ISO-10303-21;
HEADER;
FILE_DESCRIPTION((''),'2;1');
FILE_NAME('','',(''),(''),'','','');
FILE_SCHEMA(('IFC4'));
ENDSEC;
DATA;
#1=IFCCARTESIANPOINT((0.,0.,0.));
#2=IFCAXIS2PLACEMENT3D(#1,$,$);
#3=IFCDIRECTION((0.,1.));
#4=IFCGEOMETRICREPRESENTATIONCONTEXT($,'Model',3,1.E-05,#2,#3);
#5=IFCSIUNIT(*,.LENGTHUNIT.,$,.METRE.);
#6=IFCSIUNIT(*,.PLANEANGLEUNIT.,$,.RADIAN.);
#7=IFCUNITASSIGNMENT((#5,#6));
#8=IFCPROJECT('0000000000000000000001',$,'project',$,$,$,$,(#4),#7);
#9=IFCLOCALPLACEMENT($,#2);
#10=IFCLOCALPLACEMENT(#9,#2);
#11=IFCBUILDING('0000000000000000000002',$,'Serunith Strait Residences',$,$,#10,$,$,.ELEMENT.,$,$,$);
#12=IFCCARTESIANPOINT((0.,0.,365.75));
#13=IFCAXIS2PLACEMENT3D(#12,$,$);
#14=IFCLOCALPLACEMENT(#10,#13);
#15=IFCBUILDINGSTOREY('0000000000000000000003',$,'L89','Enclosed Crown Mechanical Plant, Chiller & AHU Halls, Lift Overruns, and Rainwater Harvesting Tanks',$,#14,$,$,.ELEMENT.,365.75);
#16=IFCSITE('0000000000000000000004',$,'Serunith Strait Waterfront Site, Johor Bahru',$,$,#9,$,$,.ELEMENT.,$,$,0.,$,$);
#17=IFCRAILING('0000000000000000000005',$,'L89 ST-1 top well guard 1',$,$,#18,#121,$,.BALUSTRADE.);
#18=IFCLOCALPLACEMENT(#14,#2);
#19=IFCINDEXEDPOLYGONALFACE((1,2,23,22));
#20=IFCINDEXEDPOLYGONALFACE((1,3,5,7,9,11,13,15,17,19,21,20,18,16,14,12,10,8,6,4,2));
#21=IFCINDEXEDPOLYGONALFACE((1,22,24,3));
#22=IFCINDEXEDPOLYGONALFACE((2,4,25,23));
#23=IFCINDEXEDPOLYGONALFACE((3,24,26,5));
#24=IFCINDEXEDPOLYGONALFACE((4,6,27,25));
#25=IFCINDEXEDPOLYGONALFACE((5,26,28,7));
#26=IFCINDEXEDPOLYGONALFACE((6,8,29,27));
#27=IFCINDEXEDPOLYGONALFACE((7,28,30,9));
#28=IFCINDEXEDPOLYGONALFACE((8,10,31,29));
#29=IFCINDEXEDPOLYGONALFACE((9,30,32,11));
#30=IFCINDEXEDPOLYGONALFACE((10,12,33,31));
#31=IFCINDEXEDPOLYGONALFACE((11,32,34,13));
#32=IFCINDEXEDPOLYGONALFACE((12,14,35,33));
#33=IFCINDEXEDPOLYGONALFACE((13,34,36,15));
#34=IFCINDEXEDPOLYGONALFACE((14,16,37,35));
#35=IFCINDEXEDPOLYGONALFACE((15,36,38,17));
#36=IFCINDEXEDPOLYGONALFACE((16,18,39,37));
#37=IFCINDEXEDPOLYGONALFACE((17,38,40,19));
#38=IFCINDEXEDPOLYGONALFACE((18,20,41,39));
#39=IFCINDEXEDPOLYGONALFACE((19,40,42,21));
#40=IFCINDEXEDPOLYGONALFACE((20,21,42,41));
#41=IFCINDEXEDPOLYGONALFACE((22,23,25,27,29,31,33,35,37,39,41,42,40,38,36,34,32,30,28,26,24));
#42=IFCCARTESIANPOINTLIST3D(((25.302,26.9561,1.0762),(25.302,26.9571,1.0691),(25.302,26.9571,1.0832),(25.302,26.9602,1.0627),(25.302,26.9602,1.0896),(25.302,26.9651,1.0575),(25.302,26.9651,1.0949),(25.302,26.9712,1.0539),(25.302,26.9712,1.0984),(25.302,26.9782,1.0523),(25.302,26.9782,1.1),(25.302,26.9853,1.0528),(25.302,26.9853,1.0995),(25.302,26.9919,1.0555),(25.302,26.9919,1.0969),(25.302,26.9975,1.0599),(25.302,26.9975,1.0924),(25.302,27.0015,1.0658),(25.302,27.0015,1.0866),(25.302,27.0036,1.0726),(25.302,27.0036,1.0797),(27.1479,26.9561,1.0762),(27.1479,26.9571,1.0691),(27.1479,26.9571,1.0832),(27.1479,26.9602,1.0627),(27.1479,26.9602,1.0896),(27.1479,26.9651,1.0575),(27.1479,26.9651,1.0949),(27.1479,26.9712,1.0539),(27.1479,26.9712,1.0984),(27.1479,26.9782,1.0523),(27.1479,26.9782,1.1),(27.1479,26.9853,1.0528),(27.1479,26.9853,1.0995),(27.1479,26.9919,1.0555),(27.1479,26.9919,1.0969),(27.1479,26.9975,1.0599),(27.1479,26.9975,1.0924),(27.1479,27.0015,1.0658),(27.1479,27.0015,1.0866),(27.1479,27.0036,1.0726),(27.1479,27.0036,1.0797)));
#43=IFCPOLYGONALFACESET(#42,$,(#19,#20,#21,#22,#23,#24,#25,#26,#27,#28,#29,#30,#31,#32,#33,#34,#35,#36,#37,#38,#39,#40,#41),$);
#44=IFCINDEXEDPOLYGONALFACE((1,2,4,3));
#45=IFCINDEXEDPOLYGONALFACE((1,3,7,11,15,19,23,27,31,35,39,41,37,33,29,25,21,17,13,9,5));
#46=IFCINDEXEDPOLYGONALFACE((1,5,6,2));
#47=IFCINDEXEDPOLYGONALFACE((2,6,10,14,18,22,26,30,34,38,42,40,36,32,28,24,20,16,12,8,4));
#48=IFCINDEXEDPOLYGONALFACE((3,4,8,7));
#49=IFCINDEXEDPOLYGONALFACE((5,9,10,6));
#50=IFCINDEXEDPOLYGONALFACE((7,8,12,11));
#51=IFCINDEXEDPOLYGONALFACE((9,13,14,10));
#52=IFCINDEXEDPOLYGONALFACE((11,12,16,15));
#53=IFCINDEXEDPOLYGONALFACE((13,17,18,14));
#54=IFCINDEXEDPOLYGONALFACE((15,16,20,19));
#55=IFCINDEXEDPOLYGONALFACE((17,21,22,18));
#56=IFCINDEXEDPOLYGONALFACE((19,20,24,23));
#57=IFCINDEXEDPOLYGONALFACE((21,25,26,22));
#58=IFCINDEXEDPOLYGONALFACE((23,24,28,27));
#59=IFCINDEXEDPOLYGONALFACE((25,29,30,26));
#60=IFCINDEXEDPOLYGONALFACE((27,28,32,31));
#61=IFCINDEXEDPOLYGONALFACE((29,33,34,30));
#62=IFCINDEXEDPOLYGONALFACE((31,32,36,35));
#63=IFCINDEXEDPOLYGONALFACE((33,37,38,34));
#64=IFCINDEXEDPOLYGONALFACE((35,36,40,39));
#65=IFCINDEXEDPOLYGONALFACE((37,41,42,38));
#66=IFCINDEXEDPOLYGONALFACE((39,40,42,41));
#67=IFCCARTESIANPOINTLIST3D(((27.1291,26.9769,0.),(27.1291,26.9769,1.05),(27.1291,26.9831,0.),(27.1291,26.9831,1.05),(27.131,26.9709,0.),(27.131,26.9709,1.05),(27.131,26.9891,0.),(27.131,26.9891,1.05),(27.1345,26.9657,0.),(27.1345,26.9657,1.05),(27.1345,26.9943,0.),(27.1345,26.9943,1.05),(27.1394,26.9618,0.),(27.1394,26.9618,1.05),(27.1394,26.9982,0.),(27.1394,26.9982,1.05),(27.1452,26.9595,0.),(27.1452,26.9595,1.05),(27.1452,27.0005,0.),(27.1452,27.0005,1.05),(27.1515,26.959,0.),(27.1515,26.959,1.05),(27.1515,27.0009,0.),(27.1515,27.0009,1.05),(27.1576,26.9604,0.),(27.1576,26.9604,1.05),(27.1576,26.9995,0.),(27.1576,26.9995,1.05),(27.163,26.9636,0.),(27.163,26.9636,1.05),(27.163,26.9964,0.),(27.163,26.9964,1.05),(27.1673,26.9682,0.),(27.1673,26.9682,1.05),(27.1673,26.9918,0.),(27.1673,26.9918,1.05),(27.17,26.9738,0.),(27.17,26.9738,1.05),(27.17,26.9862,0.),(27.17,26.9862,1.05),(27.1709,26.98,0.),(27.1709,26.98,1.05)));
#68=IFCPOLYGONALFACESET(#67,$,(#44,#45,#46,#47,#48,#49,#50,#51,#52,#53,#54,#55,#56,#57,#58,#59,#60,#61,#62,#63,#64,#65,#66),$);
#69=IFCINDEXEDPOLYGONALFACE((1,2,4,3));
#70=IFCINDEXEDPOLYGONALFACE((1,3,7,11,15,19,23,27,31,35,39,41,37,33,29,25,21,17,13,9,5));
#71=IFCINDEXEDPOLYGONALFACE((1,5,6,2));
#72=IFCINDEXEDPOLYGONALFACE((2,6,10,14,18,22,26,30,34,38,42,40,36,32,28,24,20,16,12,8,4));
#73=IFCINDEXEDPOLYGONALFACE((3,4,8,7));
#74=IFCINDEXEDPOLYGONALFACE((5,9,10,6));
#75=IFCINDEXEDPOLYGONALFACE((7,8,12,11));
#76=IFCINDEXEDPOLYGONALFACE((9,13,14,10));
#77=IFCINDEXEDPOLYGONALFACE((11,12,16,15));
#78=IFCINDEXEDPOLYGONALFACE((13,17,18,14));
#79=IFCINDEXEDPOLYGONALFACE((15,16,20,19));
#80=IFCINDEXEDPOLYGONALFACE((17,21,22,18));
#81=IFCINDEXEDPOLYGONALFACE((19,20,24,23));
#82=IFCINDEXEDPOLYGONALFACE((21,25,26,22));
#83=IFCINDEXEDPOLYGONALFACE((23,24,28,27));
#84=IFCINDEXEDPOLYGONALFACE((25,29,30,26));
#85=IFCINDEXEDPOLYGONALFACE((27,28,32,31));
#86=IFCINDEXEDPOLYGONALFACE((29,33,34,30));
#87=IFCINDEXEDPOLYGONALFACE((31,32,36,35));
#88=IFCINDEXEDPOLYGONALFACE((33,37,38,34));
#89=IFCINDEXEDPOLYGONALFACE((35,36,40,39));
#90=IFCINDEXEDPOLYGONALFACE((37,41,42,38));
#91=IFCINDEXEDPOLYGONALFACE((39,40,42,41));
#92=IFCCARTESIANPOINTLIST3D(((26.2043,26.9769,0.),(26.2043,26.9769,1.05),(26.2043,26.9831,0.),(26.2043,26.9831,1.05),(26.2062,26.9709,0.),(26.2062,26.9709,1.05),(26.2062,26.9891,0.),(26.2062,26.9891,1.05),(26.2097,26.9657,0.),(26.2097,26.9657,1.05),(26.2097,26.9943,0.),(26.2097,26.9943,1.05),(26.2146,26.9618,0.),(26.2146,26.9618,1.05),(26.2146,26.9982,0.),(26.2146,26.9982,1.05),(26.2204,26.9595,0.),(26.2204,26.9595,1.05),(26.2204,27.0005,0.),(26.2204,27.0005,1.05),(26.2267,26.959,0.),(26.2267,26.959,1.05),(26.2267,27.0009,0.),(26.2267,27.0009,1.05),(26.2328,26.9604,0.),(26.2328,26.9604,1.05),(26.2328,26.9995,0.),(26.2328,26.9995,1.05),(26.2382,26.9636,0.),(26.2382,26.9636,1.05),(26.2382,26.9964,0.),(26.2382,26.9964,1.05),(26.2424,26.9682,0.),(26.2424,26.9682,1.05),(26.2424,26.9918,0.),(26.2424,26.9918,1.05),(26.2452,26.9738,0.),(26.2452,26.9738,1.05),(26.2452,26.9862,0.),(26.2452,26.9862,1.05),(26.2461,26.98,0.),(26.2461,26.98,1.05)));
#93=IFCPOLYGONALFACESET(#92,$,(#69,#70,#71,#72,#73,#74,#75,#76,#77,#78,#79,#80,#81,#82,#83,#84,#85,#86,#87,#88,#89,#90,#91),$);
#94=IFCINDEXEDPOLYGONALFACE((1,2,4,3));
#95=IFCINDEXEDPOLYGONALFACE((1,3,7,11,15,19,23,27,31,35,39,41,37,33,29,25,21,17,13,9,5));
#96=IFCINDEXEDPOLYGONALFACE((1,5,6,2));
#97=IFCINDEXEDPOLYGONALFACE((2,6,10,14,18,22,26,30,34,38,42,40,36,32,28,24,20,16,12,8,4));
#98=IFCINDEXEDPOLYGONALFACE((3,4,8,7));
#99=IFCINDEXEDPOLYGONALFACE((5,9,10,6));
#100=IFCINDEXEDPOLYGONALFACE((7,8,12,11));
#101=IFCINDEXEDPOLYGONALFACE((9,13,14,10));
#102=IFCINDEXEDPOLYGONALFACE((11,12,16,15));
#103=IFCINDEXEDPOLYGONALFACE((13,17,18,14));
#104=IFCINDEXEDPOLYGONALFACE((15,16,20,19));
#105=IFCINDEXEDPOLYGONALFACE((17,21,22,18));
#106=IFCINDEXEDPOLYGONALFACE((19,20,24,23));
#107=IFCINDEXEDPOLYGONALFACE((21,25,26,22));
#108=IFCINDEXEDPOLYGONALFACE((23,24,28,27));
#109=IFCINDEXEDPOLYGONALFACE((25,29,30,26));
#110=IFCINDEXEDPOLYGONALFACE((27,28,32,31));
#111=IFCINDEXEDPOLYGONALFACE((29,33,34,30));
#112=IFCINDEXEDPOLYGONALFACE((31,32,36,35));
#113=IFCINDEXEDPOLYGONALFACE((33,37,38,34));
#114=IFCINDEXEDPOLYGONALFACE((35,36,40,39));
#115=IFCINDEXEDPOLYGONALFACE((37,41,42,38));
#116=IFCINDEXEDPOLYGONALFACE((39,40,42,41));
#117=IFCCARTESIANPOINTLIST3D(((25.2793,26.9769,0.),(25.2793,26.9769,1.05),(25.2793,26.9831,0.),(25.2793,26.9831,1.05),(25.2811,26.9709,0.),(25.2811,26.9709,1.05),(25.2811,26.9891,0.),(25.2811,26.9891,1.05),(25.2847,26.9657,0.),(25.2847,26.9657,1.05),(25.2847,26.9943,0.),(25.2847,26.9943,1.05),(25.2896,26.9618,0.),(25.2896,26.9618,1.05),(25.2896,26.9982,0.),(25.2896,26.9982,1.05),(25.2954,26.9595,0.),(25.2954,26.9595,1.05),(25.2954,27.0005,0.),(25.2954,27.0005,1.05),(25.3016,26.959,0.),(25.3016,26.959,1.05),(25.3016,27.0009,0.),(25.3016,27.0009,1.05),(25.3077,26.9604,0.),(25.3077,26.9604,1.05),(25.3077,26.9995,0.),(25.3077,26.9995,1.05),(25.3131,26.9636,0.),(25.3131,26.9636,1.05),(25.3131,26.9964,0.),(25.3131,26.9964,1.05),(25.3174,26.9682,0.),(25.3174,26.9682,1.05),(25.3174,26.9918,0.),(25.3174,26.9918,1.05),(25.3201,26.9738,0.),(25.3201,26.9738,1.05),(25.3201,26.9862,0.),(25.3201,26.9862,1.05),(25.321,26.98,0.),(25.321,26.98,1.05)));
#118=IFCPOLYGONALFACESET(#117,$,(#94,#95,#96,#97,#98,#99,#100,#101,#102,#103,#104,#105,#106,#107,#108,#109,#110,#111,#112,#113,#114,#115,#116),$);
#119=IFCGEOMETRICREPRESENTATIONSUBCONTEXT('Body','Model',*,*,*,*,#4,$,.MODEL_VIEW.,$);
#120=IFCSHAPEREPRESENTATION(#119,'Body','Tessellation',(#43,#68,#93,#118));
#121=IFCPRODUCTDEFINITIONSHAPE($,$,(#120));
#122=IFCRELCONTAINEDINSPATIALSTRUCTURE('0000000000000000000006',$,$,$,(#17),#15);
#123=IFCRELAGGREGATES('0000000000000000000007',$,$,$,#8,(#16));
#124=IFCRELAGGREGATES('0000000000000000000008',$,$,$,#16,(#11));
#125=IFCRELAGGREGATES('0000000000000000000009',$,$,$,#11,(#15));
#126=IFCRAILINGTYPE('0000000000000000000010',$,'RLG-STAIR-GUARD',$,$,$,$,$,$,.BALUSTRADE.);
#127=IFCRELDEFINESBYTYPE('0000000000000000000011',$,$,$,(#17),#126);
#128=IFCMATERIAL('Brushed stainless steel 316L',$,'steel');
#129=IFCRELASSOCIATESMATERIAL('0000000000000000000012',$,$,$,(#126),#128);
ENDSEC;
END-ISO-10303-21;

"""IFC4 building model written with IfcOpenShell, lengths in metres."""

from ifc_helpers import new_model, si_unit, direction, frame, origin, origin_2d, place, context, subcontext, project, spatial, circle, extrude, material, type_object, element, save


model = new_model("IFC4")

# Units and contexts
model_context = context("Model", 3, precision=1e-05, world=origin(), true_north=direction((0.0, 1.0)))
body_context = subcontext(model_context, "Body", "Model", "MODEL_VIEW")
ifc_project = project(units=[si_unit("LENGTHUNIT", "METRE"), si_unit("PLANEANGLEUNIT", "RADIAN")], contexts=[model_context])

# Site, building, storey
site_placement = place(None, origin())
site = spatial("IfcSite", under=ifc_project, at=site_placement, Name="Serunith Strait Waterfront Site, Johor Bahru", CompositionType="ELEMENT", RefElevation=0.0)
building_placement = place(site_placement, origin())
building = spatial("IfcBuilding", under=site, at=building_placement, Name="Serunith Strait Residences", CompositionType="ELEMENT")
storey_placement = place(building_placement, frame((0.0, 0.0, 365.75)))
storey = spatial("IfcBuildingStorey", under=building, at=storey_placement, Name="L89", Description="Enclosed Crown Mechanical Plant, Chiller & AHU Halls, Lift Overruns, and Rainwater Harvesting Tanks", CompositionType="ELEMENT", Elevation=365.75)

# Railing
ifc_material_1 = material(Name="Brushed stainless steel 316L", Category="steel")
railing_type = type_object("IfcRailingType", Name="RLG-STAIR-GUARD", PredefinedType="BALUSTRADE", material=ifc_material_1)
railing_1_placement = place(storey_placement, frame((27.1499, 26.98, 0.0)))
element("IfcRailing", 1, at=railing_1_placement, inside=storey, type_object=railing_type, Name="L89 ST-1 top well guard 1", PredefinedType="BALUSTRADE", context=body_context, shape_type="SweptSolid", body=[
    extrude(circle(Radius=0.0239, at=origin_2d()), frame((-0.002, 0.0, 1.0762), z_axis=(-1.0, 0.0, 0.0), x_axis=(0.0, -1.0, 0.0)), (0.0, 0.0, 1.0), 1.8459),
    extrude(circle(Radius=0.021, at=origin_2d()), origin(), (0.0, 0.0, 1.0), 1.05),
    extrude(circle(Radius=0.021, at=origin_2d()), frame((-0.9248, 0.0, 0.0)), (0.0, 0.0, 1.0), 1.05),
    extrude(circle(Radius=0.021, at=origin_2d()), frame((-1.8499, 0.0, 0.0)), (0.0, 0.0, 1.0), 1.05),
])

save(model, "model.ifc")
